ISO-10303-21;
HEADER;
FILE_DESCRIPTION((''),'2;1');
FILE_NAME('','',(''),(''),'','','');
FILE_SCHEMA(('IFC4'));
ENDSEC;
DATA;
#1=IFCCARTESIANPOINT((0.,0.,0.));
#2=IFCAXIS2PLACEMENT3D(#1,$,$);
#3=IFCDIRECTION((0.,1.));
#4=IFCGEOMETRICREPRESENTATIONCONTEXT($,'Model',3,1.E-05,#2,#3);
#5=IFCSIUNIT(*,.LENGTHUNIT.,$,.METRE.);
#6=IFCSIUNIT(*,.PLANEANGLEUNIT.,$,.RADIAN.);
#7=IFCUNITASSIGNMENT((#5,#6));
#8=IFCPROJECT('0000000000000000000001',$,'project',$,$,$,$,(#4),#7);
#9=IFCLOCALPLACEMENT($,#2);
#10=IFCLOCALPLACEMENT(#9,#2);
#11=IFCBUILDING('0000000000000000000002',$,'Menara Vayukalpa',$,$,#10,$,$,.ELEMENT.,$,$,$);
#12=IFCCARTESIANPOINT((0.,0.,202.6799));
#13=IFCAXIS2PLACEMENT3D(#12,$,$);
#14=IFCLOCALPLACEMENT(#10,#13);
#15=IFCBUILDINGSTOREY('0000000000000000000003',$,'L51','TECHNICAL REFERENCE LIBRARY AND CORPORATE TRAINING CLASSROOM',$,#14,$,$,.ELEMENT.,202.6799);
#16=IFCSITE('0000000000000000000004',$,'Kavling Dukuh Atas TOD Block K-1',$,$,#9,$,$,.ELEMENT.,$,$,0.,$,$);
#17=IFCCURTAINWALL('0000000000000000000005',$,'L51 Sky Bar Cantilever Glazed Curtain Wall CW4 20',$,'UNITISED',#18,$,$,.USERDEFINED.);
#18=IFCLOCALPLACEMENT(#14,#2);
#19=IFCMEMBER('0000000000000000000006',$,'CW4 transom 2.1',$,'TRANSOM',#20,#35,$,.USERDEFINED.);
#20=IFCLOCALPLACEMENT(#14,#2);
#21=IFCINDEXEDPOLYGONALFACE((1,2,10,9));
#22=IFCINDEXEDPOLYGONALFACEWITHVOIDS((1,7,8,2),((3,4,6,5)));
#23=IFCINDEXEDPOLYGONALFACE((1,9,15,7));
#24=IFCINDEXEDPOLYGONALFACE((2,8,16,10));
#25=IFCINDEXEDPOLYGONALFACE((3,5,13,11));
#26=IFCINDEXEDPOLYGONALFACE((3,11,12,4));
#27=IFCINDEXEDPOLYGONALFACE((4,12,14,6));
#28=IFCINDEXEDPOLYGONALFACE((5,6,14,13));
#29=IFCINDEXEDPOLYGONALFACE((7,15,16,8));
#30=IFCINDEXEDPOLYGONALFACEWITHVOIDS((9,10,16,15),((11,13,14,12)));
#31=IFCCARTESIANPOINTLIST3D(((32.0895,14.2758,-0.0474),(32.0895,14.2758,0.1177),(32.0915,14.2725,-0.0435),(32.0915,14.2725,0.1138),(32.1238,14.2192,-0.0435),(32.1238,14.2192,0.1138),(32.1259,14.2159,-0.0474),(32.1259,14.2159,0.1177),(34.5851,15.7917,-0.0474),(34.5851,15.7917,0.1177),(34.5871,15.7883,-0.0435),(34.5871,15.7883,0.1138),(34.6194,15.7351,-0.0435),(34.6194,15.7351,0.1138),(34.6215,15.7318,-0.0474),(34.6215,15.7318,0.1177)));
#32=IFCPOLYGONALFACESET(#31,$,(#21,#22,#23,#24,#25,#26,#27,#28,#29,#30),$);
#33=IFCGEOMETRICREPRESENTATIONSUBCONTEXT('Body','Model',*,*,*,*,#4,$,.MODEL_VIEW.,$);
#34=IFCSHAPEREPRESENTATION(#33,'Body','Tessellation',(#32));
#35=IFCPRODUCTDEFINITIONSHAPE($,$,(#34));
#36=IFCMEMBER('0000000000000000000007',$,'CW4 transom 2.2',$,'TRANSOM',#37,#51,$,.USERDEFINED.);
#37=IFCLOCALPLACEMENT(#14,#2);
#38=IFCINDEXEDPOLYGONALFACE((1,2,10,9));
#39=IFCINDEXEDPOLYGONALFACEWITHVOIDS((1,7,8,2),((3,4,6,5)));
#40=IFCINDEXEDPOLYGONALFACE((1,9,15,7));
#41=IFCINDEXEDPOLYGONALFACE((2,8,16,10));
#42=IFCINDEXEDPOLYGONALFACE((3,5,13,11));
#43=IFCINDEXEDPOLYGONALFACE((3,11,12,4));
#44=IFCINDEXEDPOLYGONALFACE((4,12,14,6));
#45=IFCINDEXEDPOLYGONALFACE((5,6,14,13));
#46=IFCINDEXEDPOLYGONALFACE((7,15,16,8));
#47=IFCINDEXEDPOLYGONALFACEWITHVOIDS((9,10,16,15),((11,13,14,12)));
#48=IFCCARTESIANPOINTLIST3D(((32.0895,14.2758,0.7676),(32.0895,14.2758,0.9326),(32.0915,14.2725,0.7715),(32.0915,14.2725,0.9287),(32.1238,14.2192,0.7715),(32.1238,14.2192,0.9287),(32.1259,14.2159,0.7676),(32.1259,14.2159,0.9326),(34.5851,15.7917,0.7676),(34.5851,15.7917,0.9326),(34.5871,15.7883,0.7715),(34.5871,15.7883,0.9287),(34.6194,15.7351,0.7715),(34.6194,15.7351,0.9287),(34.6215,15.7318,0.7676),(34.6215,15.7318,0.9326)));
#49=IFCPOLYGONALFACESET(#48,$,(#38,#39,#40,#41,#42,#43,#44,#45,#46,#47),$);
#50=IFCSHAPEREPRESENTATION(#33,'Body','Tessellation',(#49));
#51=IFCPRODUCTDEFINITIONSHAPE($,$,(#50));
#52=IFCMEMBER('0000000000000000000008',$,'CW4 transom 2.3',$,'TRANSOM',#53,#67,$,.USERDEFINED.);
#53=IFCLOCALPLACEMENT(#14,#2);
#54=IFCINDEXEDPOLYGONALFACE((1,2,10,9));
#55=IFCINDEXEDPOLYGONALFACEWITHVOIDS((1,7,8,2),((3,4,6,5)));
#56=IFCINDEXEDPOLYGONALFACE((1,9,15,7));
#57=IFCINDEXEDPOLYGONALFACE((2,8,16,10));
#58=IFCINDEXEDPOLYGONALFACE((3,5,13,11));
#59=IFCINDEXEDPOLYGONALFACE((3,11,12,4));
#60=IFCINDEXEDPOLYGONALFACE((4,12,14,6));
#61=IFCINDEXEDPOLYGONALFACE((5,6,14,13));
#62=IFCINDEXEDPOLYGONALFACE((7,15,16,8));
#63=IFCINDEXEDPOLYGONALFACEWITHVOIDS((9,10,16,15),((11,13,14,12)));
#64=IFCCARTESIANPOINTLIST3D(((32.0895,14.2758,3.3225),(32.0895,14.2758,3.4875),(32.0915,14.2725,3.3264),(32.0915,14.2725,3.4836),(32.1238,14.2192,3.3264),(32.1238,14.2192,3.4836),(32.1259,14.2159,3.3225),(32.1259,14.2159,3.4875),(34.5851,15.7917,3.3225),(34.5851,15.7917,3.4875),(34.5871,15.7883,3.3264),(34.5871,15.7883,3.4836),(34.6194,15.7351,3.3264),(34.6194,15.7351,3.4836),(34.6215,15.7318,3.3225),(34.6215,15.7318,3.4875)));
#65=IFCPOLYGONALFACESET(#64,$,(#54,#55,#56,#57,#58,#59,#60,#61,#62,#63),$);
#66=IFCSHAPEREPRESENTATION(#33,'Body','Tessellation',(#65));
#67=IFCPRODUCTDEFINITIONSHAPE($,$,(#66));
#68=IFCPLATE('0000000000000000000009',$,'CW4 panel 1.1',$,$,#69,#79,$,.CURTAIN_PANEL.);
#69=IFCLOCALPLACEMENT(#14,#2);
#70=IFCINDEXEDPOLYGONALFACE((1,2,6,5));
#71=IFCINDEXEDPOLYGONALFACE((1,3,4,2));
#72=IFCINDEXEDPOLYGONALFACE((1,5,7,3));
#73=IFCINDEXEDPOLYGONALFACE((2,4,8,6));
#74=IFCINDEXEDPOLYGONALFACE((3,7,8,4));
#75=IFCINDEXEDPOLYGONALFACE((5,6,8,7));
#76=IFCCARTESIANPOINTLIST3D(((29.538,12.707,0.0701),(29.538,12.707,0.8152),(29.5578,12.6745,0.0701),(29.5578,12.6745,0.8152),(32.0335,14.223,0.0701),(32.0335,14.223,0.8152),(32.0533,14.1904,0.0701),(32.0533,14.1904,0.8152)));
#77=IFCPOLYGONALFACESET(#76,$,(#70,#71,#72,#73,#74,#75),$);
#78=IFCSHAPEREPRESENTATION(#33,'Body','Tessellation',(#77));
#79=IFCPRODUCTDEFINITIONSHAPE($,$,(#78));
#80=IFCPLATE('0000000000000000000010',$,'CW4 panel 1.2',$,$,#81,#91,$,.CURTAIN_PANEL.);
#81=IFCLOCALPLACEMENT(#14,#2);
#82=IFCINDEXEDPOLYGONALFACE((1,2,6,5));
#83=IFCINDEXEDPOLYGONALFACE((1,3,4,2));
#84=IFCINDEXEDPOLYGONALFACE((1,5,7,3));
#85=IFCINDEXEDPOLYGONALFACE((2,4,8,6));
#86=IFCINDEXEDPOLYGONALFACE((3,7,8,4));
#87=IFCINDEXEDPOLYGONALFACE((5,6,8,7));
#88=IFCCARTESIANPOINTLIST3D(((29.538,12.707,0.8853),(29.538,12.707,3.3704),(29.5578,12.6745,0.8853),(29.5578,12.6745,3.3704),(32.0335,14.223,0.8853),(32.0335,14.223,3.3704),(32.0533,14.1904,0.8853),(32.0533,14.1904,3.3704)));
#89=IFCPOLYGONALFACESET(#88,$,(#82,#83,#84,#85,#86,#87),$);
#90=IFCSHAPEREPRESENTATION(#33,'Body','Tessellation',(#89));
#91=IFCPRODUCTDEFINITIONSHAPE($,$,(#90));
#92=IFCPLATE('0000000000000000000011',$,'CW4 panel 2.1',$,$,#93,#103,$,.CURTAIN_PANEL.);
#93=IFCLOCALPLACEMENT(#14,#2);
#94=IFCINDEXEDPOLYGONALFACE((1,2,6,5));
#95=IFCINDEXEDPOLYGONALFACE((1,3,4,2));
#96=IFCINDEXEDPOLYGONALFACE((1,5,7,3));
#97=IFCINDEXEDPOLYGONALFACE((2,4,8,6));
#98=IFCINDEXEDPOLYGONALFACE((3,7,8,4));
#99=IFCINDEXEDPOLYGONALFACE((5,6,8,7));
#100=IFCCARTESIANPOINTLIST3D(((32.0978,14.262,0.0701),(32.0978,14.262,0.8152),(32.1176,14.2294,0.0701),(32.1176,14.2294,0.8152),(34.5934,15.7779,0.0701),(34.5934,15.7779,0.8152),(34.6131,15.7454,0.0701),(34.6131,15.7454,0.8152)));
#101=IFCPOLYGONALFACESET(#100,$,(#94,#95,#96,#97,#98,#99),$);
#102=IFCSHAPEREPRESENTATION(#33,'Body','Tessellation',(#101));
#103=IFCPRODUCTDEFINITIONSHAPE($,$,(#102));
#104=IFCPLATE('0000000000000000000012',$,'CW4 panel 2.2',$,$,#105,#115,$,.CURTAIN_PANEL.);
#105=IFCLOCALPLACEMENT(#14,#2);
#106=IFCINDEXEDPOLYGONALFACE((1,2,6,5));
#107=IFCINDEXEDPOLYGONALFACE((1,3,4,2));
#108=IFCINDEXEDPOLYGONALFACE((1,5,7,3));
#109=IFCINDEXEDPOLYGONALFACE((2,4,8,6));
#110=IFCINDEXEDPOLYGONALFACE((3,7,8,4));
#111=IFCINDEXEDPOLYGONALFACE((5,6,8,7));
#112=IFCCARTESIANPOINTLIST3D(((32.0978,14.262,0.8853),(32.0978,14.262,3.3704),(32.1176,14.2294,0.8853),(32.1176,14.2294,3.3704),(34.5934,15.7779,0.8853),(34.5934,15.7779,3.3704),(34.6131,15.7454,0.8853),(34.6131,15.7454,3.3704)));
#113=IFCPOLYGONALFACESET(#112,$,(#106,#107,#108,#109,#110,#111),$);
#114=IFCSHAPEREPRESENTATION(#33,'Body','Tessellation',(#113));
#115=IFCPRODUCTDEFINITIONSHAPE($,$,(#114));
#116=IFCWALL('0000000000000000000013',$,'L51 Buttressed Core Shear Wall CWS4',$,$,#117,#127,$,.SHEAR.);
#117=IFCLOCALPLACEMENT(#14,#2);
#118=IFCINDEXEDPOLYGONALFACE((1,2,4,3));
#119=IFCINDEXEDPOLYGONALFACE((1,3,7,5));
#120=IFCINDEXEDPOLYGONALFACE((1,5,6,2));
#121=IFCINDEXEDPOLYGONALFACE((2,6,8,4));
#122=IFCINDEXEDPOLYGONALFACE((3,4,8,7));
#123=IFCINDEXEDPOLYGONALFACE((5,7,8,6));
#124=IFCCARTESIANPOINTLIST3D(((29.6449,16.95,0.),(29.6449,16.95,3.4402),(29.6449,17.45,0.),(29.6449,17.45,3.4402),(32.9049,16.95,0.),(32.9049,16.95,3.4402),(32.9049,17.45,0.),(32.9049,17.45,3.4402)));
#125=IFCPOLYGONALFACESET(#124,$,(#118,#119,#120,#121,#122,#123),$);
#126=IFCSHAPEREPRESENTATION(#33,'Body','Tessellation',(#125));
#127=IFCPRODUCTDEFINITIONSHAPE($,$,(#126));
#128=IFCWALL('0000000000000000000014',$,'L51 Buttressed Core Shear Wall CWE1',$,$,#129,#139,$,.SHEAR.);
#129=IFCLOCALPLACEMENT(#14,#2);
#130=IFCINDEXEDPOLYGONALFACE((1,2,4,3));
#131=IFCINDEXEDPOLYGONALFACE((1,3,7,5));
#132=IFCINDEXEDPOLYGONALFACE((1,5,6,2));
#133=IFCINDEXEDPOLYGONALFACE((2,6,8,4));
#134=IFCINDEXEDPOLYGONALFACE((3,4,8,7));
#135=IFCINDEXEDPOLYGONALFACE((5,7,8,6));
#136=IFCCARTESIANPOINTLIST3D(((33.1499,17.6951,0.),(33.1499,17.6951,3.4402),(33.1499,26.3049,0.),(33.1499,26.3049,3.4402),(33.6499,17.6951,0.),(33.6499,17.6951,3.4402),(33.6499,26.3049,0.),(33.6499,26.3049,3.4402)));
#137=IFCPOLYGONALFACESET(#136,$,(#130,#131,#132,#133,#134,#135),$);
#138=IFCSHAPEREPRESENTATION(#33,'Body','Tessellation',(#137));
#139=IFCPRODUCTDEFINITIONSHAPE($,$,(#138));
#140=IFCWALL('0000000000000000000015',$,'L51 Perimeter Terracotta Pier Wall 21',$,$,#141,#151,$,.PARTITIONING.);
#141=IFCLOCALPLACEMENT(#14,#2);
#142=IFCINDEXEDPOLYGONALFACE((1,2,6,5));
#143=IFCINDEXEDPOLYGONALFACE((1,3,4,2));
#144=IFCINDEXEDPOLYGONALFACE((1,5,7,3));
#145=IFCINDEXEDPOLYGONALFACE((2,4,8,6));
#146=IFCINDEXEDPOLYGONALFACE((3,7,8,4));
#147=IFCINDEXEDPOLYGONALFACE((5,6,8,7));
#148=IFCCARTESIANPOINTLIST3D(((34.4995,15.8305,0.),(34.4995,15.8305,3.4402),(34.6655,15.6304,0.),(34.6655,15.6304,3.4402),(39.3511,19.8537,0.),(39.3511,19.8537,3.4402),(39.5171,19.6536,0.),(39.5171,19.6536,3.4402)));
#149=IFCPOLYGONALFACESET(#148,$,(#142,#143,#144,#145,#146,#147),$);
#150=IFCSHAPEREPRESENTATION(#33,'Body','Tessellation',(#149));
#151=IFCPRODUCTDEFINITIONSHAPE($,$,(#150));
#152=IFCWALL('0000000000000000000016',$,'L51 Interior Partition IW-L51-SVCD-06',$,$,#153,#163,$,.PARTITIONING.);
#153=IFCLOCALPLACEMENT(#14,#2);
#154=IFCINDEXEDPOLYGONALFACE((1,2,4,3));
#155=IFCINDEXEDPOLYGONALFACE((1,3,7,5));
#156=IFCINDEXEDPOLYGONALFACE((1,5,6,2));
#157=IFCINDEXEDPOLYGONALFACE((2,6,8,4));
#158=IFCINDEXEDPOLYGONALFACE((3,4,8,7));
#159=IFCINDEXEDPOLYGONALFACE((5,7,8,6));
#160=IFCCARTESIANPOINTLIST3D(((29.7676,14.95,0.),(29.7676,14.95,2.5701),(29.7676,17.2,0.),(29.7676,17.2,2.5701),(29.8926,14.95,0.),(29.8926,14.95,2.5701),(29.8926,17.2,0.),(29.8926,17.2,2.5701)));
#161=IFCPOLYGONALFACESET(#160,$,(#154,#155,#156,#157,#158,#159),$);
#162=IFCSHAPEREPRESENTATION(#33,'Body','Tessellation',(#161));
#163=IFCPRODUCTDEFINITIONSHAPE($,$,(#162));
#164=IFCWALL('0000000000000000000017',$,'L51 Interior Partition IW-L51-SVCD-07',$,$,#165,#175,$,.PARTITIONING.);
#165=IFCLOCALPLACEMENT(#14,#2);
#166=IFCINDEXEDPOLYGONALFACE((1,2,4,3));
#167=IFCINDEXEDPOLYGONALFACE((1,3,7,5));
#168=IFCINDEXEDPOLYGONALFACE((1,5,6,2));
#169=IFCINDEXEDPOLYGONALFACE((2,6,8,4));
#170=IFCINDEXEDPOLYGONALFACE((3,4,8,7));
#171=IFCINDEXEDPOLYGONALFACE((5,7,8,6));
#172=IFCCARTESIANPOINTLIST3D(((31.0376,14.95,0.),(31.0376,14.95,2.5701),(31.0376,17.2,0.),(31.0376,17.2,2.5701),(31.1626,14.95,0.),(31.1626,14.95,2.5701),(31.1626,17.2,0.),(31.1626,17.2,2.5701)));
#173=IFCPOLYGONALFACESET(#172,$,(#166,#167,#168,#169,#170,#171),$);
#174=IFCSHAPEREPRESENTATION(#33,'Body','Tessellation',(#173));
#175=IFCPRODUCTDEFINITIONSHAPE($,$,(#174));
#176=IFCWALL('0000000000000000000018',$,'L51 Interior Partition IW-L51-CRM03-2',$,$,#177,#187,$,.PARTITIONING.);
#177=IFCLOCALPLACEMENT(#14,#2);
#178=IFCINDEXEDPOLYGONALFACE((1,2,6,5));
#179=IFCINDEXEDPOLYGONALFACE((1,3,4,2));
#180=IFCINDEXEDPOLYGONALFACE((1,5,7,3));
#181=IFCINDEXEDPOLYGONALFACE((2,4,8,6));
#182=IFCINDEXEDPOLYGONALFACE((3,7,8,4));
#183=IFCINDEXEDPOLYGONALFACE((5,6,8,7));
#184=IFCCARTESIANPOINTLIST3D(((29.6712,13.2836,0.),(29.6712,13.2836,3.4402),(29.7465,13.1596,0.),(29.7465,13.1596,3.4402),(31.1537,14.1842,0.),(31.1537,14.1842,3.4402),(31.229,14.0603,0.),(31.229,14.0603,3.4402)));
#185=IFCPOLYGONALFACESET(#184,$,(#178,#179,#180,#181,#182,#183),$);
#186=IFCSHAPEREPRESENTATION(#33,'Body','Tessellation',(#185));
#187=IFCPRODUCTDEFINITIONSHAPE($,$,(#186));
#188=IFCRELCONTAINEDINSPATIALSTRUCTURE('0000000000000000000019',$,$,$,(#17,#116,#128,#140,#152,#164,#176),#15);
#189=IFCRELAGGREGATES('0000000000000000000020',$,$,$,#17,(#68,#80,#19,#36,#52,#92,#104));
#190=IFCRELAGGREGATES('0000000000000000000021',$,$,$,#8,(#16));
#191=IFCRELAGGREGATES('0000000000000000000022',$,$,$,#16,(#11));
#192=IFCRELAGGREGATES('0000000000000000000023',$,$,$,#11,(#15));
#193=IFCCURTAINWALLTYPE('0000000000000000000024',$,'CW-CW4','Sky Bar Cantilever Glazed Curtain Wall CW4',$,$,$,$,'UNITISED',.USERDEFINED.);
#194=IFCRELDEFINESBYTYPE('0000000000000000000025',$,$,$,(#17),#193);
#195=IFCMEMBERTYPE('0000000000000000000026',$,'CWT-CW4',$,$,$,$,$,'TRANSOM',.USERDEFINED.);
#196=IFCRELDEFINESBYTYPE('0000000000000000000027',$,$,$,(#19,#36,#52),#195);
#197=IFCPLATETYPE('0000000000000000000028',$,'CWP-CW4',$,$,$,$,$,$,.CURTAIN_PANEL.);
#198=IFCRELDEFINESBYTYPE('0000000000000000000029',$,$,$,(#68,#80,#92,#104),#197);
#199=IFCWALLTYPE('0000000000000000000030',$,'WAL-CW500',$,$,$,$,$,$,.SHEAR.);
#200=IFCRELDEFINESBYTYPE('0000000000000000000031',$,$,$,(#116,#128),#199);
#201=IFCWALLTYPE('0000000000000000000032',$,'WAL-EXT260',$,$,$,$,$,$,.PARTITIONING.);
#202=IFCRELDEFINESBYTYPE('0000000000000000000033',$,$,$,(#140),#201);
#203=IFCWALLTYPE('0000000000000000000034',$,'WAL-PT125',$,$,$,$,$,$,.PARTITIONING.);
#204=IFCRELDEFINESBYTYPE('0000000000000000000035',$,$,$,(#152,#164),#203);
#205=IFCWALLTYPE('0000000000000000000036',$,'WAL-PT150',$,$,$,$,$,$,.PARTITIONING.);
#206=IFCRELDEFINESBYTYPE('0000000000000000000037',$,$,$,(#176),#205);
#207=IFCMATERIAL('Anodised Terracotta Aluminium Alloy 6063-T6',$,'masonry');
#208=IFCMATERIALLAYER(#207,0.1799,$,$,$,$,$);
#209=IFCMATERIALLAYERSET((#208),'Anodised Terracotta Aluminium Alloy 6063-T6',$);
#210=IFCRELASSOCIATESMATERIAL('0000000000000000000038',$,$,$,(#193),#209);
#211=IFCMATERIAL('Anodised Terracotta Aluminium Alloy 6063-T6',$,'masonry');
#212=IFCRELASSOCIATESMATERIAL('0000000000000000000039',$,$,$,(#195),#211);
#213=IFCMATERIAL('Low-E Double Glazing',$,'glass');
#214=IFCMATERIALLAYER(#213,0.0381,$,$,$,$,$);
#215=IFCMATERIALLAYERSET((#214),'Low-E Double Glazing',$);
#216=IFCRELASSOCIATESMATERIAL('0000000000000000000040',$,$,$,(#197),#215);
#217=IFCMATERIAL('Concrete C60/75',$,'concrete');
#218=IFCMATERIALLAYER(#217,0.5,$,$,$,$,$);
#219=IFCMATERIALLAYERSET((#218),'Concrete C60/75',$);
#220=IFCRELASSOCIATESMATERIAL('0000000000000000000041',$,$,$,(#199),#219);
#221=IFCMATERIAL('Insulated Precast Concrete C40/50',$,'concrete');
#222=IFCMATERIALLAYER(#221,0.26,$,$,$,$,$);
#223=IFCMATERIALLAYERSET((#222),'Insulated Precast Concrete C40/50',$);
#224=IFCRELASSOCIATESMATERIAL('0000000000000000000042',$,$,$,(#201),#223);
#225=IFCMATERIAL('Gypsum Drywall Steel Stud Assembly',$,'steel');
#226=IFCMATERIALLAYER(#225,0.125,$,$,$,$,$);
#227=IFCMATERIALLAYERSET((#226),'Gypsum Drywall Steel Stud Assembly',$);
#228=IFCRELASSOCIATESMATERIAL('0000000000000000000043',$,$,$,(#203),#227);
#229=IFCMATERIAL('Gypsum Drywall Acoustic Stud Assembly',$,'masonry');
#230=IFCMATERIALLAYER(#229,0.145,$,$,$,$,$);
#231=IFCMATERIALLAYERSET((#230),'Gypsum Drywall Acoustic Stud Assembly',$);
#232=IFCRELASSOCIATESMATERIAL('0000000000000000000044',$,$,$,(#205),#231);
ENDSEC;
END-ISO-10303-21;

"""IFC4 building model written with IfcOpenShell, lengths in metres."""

from ifc_helpers import new_model, si_unit, direction, frame, frame_2d, origin, origin_2d, place, context, subcontext, project, spatial, rectangle, hollow_rectangle, extrude, material, layer, layer_set, material_profile, profile_set, type_object, element, aggregate, save


model = new_model("IFC4")

# Units and contexts
model_context = context("Model", 3, precision=1e-05, world=origin(), true_north=direction((0.0, 1.0)))
body_context = subcontext(model_context, "Body", "Model", "MODEL_VIEW")
ifc_project = project(units=[si_unit("LENGTHUNIT", "METRE"), si_unit("PLANEANGLEUNIT", "RADIAN")], contexts=[model_context])

# Site, building, storey
site_placement = place(None, origin())
site = spatial("IfcSite", under=ifc_project, at=site_placement, Name="Kavling Dukuh Atas TOD Block K-1", CompositionType="ELEMENT", RefElevation=0.0)
building_placement = place(site_placement, origin())
building = spatial("IfcBuilding", under=site, at=building_placement, Name="Menara Vayukalpa", CompositionType="ELEMENT")
storey_placement = place(building_placement, frame((0.0, 0.0, 202.6799)))
storey = spatial("IfcBuildingStorey", under=building, at=storey_placement, Name="L51", Description="TECHNICAL REFERENCE LIBRARY AND CORPORATE TRAINING CLASSROOM", CompositionType="ELEMENT", Elevation=202.6799)

# Shared definitions
ifc_material_1 = material(Name="Anodised Terracotta Aluminium Alloy 6063-T6", Category="masonry")
ifc_layer_1 = layer(ifc_material_1, 0.1799)
ifc_layer_set_1 = layer_set([ifc_layer_1], Name="Anodised Terracotta Aluminium Alloy 6063-T6")
curtain_wall_type = type_object("IfcCurtainWallType", Name="CW-CW4", Description="Sky Bar Cantilever Glazed Curtain Wall CW4", ElementType="UNITISED", PredefinedType="USERDEFINED", material=ifc_layer_set_1)

# Curtain wall, members, plates
curtain_wall_1_placement = place(storey_placement, origin())
curtain_wall_1 = element("IfcCurtainWall", 1, at=curtain_wall_1_placement, inside=storey, type_object=curtain_wall_type, Name="L51 Sky Bar Cantilever Glazed Curtain Wall CW4 20", ObjectType="UNITISED", PredefinedType="USERDEFINED")
ifc_material_2 = material(Name="Anodised Terracotta Aluminium Alloy 6063-T6", Category="masonry")
ifc_material_profile_1 = material_profile(ifc_material_2, hollow_rectangle(XDim=0.0701, YDim=0.165, WallThickness=0.0039, at=origin_2d()), Name="ALU 70x165x4")
ifc_profile_set_1 = profile_set([ifc_material_profile_1], Name="Anodised Terracotta Aluminium Alloy 6063-T6")
member_type_1 = type_object("IfcMemberType", Name="CWT-CW4", ElementType="TRANSOM", PredefinedType="USERDEFINED", material=ifc_profile_set_1)
member_1_placement = place(storey_placement, frame((32.1077, 14.2458, 0.0352), z_axis=(0.854684, 0.519148, 0.0), x_axis=(-0.519148, 0.854684, 0.0)))
member_1 = element("IfcMember", 2, at=member_1_placement, type_object=member_type_1, Name="CW4 transom 2.1", ObjectType="TRANSOM", PredefinedType="USERDEFINED", context=body_context, shape_type="SweptSolid", body=[
    extrude(hollow_rectangle(XDim=0.0701, YDim=0.165, WallThickness=0.0039, at=origin_2d()), origin(), (0.0, 0.0, 1.0), 2.9199),
])
member_2_placement = place(storey_placement, frame((32.1077, 14.2458, 0.8501), z_axis=(0.854684, 0.519148, 0.0), x_axis=(-0.519148, 0.854684, 0.0)))
member_2 = element("IfcMember", 3, at=member_2_placement, type_object=member_type_1, Name="CW4 transom 2.2", ObjectType="TRANSOM", PredefinedType="USERDEFINED", context=body_context, shape_type="SweptSolid", body=[
    extrude(hollow_rectangle(XDim=0.0701, YDim=0.165, WallThickness=0.0039, at=origin_2d()), origin(), (0.0, 0.0, 1.0), 2.9199),
])
member_3_placement = place(storey_placement, frame((32.1077, 14.2458, 3.405), z_axis=(0.854684, 0.519148, 0.0), x_axis=(-0.519148, 0.854684, 0.0)))
member_3 = element("IfcMember", 4, at=member_3_placement, type_object=member_type_1, Name="CW4 transom 2.3", ObjectType="TRANSOM", PredefinedType="USERDEFINED", context=body_context, shape_type="SweptSolid", body=[
    extrude(hollow_rectangle(XDim=0.0701, YDim=0.165, WallThickness=0.0039, at=origin_2d()), origin(), (0.0, 0.0, 1.0), 2.9199),
])
ifc_material_3 = material(Name="Low-E Double Glazing", Category="glass")
ifc_layer_2 = layer(ifc_material_3, 0.0381)
ifc_layer_set_2 = layer_set([ifc_layer_2], Name="Low-E Double Glazing")
plate_type = type_object("IfcPlateType", Name="CWP-CW4", PredefinedType="CURTAIN_PANEL", material=ifc_layer_set_2)
plate_1_placement = place(storey_placement, frame((30.7957, 13.4487, 0.0701), z_axis=(0.0, 0.0, 1.0), x_axis=(0.854665, 0.51918, 0.0)))
plate_1 = element("IfcPlate", 5, at=plate_1_placement, type_object=plate_type, Name="CW4 panel 1.1", PredefinedType="CURTAIN_PANEL", context=body_context, shape_type="SweptSolid", body=[
    extrude(rectangle(XDim=2.9199, YDim=0.0381, at=origin_2d()), origin(), (0.0, 0.0, 1.0), 0.7451),
])
plate_2_placement = place(storey_placement, frame((30.7957, 13.4487, 0.8853), z_axis=(0.0, 0.0, 1.0), x_axis=(0.854665, 0.51918, 0.0)))
plate_2 = element("IfcPlate", 6, at=plate_2_placement, type_object=plate_type, Name="CW4 panel 1.2", PredefinedType="CURTAIN_PANEL", context=body_context, shape_type="SweptSolid", body=[
    extrude(rectangle(XDim=2.9199, YDim=0.0381, at=origin_2d()), origin(), (0.0, 0.0, 1.0), 2.4851),
])
plate_3_placement = place(storey_placement, frame((33.3555, 15.0037, 0.0701), z_axis=(0.0, 0.0, 1.0), x_axis=(0.854665, 0.51918, 0.0)))
plate_3 = element("IfcPlate", 7, at=plate_3_placement, type_object=plate_type, Name="CW4 panel 2.1", PredefinedType="CURTAIN_PANEL", context=body_context, shape_type="SweptSolid", body=[
    extrude(rectangle(XDim=2.9199, YDim=0.0381, at=origin_2d()), origin(), (0.0, 0.0, 1.0), 0.7451),
])
plate_4_placement = place(storey_placement, frame((33.3555, 15.0037, 0.8853), z_axis=(0.0, 0.0, 1.0), x_axis=(0.854665, 0.51918, 0.0)))
plate_4 = element("IfcPlate", 8, at=plate_4_placement, type_object=plate_type, Name="CW4 panel 2.2", PredefinedType="CURTAIN_PANEL", context=body_context, shape_type="SweptSolid", body=[
    extrude(rectangle(XDim=2.9199, YDim=0.0381, at=origin_2d()), origin(), (0.0, 0.0, 1.0), 2.4851),
])
aggregate(curtain_wall_1, [plate_1, plate_2, member_1, member_2, member_3, plate_3, plate_4])

# Walls
ifc_material_4 = material(Name="Concrete C60/75", Category="concrete")
ifc_layer_3 = layer(ifc_material_4, 0.5)
ifc_layer_set_3 = layer_set([ifc_layer_3], Name="Concrete C60/75")
wall_type_1 = type_object("IfcWallType", Name="WAL-CW500", PredefinedType="SHEAR", material=ifc_layer_set_3)
wall_1_placement = place(storey_placement, frame((29.645, 17.2, 0.0), z_axis=(0.0, 0.0, 1.0), x_axis=(1.0, 0.0, 0.0)))
element("IfcWall", 9, at=wall_1_placement, inside=storey, type_object=wall_type_1, Name="L51 Buttressed Core Shear Wall CWS4", PredefinedType="SHEAR", context=body_context, shape_type="SweptSolid", body=[
    extrude(rectangle(XDim=3.26, YDim=0.5, at=frame_2d((1.6299, 0.0))), origin(), (0.0, 0.0, 1.0), 3.4402),
])
wall_2_placement = place(storey_placement, frame((33.3999, 17.6951, 0.0), z_axis=(0.0, 0.0, 1.0), x_axis=(0.0, 1.0, 0.0)))
element("IfcWall", 10, at=wall_2_placement, inside=storey, type_object=wall_type_1, Name="L51 Buttressed Core Shear Wall CWE1", PredefinedType="SHEAR", context=body_context, shape_type="SweptSolid", body=[
    extrude(rectangle(XDim=8.6099, YDim=0.5, at=frame_2d((4.3049, 0.0))), origin(), (0.0, 0.0, 1.0), 3.4402),
])
ifc_material_5 = material(Name="Insulated Precast Concrete C40/50", Category="concrete")
ifc_layer_4 = layer(ifc_material_5, 0.26)
ifc_layer_set_4 = layer_set([ifc_layer_4], Name="Insulated Precast Concrete C40/50")
wall_type_2 = type_object("IfcWallType", Name="WAL-EXT260", PredefinedType="PARTITIONING", material=ifc_layer_set_4)
wall_3_placement = place(storey_placement, frame((39.4341, 19.7537, 0.0), z_axis=(0.0, 0.0, 1.0), x_axis=(-0.769762, -0.638331, 0.0)))
element("IfcWall", 11, at=wall_3_placement, inside=storey, type_object=wall_type_2, Name="L51 Perimeter Terracotta Pier Wall 21", PredefinedType="PARTITIONING", context=body_context, shape_type="SweptSolid", body=[
    extrude(rectangle(XDim=6.3027, YDim=0.26, at=frame_2d((3.1514, 0.0))), origin(), (0.0, 0.0, 1.0), 3.4402),
])
ifc_material_6 = material(Name="Gypsum Drywall Steel Stud Assembly", Category="steel")
ifc_layer_5 = layer(ifc_material_6, 0.125)
ifc_layer_set_5 = layer_set([ifc_layer_5], Name="Gypsum Drywall Steel Stud Assembly")
wall_type_3 = type_object("IfcWallType", Name="WAL-PT125", PredefinedType="PARTITIONING", material=ifc_layer_set_5)
for number, where, z_axis, x_axis, name in (
    (12, (29.8301, 14.95, 0.0), (0.0, 0.0, 1.0), (0.0, 1.0, 0.0), "L51 Interior Partition IW-L51-SVCD-06"),
    (13, (31.1001, 14.95, 0.0), (0.0, 0.0, 1.0), (0.0, 1.0, 0.0), "L51 Interior Partition IW-L51-SVCD-07"),
):
    element("IfcWall", number, at=place(storey_placement, frame(where, z_axis=z_axis, x_axis=x_axis)), inside=storey, type_object=wall_type_3, Name=name, PredefinedType="PARTITIONING", context=body_context, shape_type="SweptSolid", body=[
        extrude(rectangle(XDim=2.25, YDim=0.125, at=frame_2d((1.125, 0.0))), origin(), (0.0, 0.0, 1.0), 2.5701),
    ])
ifc_material_7 = material(Name="Gypsum Drywall Acoustic Stud Assembly", Category="masonry")
ifc_layer_6 = layer(ifc_material_7, 0.145)
ifc_layer_set_6 = layer_set([ifc_layer_6], Name="Gypsum Drywall Acoustic Stud Assembly")
wall_type_4 = type_object("IfcWallType", Name="WAL-PT150", PredefinedType="PARTITIONING", material=ifc_layer_set_6)
wall_4_placement = place(storey_placement, frame((29.709, 13.2217, 0.0), z_axis=(0.0, 0.0, 1.0), x_axis=(0.854636, 0.519228, 0.0)))
element("IfcWall", 14, at=wall_4_placement, inside=storey, type_object=wall_type_4, Name="L51 Interior Partition IW-L51-CRM03-2", PredefinedType="PARTITIONING", context=body_context, shape_type="SweptSolid", body=[
    extrude(rectangle(XDim=1.7346, YDim=0.145, at=frame_2d((0.8672, 0.0))), origin(), (0.0, 0.0, 1.0), 3.4402),
])

save(model, "model.ifc")
